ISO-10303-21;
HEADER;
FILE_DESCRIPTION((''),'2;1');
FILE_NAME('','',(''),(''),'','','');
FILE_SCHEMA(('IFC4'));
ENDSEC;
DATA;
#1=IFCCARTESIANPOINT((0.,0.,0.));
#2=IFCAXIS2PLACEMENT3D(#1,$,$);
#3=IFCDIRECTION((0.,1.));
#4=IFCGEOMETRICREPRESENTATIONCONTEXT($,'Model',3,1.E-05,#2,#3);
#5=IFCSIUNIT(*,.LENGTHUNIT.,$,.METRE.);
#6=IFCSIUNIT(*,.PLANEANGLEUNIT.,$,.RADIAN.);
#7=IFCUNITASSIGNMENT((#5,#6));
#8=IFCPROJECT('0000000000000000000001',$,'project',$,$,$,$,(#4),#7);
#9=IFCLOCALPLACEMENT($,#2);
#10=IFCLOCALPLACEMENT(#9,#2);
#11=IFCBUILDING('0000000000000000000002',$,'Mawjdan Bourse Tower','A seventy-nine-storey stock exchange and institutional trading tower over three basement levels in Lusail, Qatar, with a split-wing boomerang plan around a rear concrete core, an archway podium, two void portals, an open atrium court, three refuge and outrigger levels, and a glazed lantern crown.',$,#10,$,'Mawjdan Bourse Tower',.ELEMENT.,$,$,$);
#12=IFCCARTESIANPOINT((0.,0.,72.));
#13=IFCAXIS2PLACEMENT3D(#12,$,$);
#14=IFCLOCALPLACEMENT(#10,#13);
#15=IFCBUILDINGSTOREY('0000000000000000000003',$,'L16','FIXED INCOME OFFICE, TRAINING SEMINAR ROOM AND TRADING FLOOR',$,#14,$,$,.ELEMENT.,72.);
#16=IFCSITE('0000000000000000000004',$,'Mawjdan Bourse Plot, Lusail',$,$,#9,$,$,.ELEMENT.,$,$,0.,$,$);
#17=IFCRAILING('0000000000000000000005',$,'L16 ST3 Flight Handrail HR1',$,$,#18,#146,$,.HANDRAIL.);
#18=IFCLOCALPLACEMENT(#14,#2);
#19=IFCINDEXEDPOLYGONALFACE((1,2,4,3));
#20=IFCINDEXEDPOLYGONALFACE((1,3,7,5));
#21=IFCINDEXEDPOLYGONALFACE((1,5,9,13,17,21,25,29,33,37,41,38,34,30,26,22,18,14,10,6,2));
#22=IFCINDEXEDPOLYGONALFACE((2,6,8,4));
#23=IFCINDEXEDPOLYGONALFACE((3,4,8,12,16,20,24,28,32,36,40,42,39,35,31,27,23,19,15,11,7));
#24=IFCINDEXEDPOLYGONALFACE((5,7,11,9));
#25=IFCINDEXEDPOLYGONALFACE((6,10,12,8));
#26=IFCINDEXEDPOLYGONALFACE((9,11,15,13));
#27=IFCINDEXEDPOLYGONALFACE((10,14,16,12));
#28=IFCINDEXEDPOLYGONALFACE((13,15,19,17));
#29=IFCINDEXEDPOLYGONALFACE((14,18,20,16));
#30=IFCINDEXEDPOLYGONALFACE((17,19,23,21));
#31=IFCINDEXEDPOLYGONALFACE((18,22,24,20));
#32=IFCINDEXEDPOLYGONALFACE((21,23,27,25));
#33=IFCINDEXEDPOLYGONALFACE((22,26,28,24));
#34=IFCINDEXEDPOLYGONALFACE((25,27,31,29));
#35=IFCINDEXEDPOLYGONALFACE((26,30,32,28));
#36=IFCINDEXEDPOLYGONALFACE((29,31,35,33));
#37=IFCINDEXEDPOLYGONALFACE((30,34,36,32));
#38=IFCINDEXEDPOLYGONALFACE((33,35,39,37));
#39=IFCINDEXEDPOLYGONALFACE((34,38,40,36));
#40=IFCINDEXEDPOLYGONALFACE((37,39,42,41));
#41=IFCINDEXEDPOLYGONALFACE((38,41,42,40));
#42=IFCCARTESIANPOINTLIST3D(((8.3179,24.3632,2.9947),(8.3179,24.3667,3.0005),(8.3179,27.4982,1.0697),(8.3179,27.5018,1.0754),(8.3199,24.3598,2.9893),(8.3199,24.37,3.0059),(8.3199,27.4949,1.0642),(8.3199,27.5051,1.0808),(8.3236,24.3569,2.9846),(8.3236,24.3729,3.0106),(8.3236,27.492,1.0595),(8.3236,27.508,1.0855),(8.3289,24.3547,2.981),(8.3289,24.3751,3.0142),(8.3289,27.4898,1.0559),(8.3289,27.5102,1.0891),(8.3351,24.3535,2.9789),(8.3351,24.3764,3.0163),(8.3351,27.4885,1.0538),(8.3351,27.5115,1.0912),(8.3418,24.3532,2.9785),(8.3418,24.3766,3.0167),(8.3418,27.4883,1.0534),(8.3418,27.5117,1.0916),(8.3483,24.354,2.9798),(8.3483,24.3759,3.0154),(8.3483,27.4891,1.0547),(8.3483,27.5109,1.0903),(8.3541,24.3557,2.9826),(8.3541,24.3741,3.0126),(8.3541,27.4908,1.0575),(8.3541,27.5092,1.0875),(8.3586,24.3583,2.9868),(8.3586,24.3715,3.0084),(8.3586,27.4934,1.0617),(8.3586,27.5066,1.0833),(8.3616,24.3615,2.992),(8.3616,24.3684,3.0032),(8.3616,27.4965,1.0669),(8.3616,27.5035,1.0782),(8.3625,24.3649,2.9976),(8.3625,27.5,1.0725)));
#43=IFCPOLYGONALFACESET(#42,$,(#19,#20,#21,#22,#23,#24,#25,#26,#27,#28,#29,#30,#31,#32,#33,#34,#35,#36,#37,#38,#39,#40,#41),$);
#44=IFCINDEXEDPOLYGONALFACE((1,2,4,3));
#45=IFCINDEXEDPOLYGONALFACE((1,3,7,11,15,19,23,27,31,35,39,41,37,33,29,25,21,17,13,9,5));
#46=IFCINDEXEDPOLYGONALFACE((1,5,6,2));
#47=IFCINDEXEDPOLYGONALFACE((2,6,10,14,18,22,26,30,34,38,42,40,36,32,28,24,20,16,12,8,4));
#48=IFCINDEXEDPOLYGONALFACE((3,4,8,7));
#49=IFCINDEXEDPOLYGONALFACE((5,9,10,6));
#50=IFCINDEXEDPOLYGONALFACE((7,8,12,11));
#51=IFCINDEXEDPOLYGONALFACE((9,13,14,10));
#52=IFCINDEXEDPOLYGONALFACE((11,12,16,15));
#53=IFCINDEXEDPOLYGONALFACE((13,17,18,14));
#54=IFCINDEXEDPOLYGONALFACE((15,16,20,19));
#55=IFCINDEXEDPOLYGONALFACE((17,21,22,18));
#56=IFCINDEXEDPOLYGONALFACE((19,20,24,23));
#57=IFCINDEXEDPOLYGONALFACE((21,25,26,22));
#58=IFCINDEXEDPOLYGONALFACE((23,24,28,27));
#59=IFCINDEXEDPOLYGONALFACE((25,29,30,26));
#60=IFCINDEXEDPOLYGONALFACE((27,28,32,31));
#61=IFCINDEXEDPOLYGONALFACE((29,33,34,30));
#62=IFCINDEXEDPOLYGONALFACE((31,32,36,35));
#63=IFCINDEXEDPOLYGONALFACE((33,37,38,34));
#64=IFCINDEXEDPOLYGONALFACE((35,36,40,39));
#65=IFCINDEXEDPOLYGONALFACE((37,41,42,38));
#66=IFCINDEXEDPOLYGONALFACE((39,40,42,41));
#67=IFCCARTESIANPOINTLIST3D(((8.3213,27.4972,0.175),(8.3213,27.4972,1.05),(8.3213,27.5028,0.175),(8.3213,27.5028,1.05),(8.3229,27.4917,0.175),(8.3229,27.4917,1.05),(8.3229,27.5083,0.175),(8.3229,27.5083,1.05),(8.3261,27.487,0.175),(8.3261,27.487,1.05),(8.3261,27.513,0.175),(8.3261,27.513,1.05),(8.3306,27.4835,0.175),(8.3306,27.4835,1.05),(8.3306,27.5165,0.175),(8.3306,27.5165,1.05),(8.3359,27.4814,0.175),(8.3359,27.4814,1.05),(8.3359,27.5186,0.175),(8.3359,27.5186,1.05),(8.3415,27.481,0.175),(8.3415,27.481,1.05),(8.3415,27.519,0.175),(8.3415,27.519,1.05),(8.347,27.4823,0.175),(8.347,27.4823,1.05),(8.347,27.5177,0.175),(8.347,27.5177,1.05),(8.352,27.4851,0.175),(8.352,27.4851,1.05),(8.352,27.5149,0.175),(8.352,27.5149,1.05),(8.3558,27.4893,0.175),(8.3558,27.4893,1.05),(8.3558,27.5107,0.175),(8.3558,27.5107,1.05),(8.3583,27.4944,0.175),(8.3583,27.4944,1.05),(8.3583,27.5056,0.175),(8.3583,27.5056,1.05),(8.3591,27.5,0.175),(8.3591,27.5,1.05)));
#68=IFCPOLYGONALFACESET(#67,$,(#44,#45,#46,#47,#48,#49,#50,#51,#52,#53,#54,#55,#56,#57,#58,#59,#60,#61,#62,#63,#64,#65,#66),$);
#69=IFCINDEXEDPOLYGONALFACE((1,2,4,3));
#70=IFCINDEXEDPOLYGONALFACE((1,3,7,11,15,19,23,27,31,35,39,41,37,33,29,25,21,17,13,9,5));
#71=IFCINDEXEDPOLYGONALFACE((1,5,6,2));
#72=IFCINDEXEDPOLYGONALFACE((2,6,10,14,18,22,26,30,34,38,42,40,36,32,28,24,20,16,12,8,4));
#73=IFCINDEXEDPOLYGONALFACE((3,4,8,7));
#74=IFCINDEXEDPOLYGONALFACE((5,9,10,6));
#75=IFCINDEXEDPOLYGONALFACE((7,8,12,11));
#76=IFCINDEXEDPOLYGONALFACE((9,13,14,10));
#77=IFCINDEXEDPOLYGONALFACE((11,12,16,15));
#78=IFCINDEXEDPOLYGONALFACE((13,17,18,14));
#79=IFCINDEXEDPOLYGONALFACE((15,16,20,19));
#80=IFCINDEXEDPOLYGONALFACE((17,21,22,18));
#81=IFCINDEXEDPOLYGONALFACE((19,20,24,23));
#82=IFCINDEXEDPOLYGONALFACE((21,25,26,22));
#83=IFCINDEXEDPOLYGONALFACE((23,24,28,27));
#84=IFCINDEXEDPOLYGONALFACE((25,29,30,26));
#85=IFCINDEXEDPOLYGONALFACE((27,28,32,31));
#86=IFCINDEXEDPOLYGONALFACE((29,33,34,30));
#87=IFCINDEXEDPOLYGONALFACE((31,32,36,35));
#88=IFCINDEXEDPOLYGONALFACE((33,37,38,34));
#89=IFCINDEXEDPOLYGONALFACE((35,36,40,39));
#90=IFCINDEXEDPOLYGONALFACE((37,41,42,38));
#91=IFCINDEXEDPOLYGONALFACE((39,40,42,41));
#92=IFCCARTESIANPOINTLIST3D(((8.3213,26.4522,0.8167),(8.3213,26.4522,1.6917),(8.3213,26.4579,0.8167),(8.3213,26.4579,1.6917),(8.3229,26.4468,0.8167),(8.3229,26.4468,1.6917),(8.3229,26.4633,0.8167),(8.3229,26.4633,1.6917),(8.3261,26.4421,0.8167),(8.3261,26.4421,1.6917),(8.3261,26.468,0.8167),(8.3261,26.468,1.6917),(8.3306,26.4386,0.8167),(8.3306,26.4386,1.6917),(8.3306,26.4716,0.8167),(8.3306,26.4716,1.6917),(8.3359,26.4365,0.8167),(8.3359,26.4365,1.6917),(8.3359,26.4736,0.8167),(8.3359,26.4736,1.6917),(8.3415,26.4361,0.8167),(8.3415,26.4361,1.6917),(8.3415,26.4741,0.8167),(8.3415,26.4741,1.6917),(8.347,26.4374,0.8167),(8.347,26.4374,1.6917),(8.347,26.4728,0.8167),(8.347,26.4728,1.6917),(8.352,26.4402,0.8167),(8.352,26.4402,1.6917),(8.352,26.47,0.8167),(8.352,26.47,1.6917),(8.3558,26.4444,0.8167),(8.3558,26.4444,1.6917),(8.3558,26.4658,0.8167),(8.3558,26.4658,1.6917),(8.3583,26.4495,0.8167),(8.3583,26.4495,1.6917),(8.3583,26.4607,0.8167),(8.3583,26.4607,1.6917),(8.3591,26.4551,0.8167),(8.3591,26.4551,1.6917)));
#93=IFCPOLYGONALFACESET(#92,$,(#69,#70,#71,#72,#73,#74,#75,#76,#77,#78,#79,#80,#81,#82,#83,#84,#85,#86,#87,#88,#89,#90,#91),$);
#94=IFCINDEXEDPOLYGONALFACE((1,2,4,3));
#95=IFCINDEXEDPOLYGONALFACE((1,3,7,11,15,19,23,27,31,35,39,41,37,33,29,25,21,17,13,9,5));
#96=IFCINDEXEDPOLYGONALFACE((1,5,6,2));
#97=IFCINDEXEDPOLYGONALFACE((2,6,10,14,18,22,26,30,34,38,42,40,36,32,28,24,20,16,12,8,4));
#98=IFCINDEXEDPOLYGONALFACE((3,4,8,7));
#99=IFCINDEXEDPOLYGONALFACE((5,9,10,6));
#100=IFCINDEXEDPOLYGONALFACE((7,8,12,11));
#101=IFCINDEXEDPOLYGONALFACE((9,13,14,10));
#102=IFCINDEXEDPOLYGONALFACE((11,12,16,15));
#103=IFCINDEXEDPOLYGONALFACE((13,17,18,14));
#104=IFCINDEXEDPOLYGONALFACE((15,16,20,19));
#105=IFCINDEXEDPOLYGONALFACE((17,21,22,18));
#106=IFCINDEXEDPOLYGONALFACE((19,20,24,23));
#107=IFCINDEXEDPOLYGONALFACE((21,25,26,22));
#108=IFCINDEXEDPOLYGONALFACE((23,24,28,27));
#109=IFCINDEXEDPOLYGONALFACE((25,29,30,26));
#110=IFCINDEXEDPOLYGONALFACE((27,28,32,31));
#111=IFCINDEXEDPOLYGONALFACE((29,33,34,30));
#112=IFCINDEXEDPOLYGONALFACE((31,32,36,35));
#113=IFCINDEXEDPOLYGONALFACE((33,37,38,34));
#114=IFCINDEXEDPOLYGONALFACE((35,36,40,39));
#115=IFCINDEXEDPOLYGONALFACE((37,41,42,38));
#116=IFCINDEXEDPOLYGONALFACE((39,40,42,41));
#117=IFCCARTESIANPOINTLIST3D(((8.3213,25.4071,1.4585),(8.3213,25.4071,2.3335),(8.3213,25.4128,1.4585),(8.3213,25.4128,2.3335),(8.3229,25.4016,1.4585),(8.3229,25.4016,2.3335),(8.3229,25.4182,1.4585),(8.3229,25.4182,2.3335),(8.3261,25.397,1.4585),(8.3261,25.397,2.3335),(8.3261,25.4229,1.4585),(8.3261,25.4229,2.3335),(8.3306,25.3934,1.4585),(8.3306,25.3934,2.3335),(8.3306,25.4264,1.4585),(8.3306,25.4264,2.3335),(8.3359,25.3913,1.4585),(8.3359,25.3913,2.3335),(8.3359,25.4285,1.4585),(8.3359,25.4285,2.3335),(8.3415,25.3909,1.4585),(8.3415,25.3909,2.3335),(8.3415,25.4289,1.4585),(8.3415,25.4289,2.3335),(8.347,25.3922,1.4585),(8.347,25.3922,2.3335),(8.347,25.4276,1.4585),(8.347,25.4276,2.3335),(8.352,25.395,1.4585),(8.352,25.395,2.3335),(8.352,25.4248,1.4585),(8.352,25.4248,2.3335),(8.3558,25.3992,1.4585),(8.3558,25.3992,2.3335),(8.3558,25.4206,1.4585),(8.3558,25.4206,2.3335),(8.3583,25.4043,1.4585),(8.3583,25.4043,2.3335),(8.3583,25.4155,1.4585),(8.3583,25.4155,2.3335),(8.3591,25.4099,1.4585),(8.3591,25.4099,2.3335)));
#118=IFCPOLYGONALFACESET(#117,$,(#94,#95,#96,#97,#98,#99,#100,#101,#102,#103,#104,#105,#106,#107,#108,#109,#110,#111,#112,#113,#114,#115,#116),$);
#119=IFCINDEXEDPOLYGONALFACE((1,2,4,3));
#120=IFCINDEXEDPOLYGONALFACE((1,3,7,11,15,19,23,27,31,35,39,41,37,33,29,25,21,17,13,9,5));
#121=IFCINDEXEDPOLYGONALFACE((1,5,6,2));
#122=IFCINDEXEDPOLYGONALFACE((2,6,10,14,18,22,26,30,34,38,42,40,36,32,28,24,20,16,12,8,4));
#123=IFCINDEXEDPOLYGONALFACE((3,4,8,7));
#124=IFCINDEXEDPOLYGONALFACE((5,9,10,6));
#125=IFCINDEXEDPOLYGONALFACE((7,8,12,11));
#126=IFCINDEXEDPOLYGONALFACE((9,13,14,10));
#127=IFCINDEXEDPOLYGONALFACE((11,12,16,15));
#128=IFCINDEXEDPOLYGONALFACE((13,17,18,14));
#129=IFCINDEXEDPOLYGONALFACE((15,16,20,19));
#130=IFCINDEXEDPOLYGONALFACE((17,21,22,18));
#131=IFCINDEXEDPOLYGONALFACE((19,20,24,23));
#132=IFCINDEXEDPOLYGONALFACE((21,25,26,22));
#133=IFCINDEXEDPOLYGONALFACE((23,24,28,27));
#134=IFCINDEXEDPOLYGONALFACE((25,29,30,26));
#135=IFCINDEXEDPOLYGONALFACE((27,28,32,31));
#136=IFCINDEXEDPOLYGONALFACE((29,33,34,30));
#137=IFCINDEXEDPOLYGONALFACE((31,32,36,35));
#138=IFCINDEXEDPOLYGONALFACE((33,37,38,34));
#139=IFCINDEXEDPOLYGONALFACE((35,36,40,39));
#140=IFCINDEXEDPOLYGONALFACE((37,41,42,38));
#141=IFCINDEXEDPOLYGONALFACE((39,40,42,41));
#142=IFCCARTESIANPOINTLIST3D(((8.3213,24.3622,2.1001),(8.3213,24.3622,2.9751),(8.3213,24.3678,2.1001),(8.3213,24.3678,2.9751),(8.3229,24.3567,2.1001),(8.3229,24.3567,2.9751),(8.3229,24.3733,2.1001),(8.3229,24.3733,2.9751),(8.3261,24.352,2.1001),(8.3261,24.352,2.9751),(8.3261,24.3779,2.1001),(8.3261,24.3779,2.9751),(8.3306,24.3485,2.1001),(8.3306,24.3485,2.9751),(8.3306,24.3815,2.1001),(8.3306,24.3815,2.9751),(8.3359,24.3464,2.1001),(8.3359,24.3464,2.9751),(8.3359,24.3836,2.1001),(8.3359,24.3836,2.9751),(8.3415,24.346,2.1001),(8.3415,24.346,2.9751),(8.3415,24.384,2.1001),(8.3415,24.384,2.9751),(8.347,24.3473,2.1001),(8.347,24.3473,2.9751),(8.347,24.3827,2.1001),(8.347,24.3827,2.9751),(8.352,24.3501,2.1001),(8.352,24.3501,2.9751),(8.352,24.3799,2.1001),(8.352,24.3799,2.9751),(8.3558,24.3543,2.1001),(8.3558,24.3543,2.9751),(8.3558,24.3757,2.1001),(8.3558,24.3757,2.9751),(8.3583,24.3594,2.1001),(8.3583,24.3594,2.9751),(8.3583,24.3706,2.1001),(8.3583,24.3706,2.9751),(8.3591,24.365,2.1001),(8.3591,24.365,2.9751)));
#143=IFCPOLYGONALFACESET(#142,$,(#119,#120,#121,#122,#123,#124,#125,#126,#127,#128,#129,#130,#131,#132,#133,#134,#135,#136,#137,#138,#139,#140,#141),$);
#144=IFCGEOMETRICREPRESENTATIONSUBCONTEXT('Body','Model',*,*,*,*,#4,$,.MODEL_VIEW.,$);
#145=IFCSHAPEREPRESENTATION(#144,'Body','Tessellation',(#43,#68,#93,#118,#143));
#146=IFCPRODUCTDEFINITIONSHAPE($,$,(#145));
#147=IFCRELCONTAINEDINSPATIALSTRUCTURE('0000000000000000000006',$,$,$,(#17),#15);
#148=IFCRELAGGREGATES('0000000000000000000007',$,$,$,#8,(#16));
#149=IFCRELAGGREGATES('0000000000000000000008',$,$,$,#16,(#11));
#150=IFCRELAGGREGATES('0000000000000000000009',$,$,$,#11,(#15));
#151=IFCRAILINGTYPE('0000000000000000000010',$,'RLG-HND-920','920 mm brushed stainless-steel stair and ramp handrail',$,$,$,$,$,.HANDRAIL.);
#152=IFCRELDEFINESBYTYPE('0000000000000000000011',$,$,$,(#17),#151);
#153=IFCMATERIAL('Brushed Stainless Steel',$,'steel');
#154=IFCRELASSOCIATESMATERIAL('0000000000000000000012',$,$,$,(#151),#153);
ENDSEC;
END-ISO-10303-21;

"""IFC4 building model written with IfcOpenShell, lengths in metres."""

from ifc_helpers import new_model, si_unit, direction, frame, origin, origin_2d, place, context, subcontext, project, spatial, circle, extrude, material, type_object, element, save


model = new_model("IFC4")

# Units and contexts
model_context = context("Model", 3, precision=1e-05, world=origin(), true_north=direction((0.0, 1.0)))
body_context = subcontext(model_context, "Body", "Model", "MODEL_VIEW")
ifc_project = project(units=[si_unit("LENGTHUNIT", "METRE"), si_unit("PLANEANGLEUNIT", "RADIAN")], contexts=[model_context])

# Site, building, storey
site_placement = place(None, origin())
site = spatial("IfcSite", under=ifc_project, at=site_placement, Name="Mawjdan Bourse Plot, Lusail", CompositionType="ELEMENT", RefElevation=0.0)
building_placement = place(site_placement, origin())
building = spatial("IfcBuilding", under=site, at=building_placement, Name="Mawjdan Bourse Tower", Description="A seventy-nine-storey stock exchange and institutional trading tower over three basement levels in Lusail, Qatar, with a split-wing boomerang plan around a rear concrete core, an archway podium, two void portals, an open atrium court, three refuge and outrigger levels, and a glazed lantern crown.", LongName="Mawjdan Bourse Tower", CompositionType="ELEMENT")
storey_placement = place(building_placement, frame((0.0, 0.0, 72.0)))
storey = spatial("IfcBuildingStorey", under=building, at=storey_placement, Name="L16", Description="FIXED INCOME OFFICE, TRAINING SEMINAR ROOM AND TRADING FLOOR", CompositionType="ELEMENT", Elevation=72.0)

# Railing
ifc_material_1 = material(Name="Brushed Stainless Steel", Category="steel")
railing_type_1 = type_object("IfcRailingType", Name="RLG-HND-920", Description="920 mm brushed stainless-steel stair and ramp handrail", PredefinedType="HANDRAIL", material=ifc_material_1)
railing_1_placement = place(storey_placement, frame((8.3401, 27.5, 0.175)))
element("IfcRailing", 1, at=railing_1_placement, inside=storey, type_object=railing_type_1, Name="L16 ST3 Flight Handrail HR1", PredefinedType="HANDRAIL", context=body_context, shape_type="SweptSolid", body=[
    extrude(circle(Radius=0.0225, at=origin_2d()), frame((0.0, 0.0, 0.8975), z_axis=(0.0, -0.852166, 0.523271), x_axis=(1.0, 0.0, 0.0)), (0.0, 0.0, 1.0), 3.679),
    extrude(circle(Radius=0.019, at=origin_2d()), origin(), (0.0, 0.0, 1.0), 0.875),
    extrude(circle(Radius=0.019, at=origin_2d()), frame((0.0, -1.0449, 0.6416)), (0.0, 0.0, 1.0), 0.875),
    extrude(circle(Radius=0.019, at=origin_2d()), frame((0.0, -2.0901, 1.2834)), (0.0, 0.0, 1.0), 0.875),
    extrude(circle(Radius=0.019, at=origin_2d()), frame((0.0, -3.135, 1.925)), (0.0, 0.0, 1.0), 0.875),
])

save(model, "model.ifc")
